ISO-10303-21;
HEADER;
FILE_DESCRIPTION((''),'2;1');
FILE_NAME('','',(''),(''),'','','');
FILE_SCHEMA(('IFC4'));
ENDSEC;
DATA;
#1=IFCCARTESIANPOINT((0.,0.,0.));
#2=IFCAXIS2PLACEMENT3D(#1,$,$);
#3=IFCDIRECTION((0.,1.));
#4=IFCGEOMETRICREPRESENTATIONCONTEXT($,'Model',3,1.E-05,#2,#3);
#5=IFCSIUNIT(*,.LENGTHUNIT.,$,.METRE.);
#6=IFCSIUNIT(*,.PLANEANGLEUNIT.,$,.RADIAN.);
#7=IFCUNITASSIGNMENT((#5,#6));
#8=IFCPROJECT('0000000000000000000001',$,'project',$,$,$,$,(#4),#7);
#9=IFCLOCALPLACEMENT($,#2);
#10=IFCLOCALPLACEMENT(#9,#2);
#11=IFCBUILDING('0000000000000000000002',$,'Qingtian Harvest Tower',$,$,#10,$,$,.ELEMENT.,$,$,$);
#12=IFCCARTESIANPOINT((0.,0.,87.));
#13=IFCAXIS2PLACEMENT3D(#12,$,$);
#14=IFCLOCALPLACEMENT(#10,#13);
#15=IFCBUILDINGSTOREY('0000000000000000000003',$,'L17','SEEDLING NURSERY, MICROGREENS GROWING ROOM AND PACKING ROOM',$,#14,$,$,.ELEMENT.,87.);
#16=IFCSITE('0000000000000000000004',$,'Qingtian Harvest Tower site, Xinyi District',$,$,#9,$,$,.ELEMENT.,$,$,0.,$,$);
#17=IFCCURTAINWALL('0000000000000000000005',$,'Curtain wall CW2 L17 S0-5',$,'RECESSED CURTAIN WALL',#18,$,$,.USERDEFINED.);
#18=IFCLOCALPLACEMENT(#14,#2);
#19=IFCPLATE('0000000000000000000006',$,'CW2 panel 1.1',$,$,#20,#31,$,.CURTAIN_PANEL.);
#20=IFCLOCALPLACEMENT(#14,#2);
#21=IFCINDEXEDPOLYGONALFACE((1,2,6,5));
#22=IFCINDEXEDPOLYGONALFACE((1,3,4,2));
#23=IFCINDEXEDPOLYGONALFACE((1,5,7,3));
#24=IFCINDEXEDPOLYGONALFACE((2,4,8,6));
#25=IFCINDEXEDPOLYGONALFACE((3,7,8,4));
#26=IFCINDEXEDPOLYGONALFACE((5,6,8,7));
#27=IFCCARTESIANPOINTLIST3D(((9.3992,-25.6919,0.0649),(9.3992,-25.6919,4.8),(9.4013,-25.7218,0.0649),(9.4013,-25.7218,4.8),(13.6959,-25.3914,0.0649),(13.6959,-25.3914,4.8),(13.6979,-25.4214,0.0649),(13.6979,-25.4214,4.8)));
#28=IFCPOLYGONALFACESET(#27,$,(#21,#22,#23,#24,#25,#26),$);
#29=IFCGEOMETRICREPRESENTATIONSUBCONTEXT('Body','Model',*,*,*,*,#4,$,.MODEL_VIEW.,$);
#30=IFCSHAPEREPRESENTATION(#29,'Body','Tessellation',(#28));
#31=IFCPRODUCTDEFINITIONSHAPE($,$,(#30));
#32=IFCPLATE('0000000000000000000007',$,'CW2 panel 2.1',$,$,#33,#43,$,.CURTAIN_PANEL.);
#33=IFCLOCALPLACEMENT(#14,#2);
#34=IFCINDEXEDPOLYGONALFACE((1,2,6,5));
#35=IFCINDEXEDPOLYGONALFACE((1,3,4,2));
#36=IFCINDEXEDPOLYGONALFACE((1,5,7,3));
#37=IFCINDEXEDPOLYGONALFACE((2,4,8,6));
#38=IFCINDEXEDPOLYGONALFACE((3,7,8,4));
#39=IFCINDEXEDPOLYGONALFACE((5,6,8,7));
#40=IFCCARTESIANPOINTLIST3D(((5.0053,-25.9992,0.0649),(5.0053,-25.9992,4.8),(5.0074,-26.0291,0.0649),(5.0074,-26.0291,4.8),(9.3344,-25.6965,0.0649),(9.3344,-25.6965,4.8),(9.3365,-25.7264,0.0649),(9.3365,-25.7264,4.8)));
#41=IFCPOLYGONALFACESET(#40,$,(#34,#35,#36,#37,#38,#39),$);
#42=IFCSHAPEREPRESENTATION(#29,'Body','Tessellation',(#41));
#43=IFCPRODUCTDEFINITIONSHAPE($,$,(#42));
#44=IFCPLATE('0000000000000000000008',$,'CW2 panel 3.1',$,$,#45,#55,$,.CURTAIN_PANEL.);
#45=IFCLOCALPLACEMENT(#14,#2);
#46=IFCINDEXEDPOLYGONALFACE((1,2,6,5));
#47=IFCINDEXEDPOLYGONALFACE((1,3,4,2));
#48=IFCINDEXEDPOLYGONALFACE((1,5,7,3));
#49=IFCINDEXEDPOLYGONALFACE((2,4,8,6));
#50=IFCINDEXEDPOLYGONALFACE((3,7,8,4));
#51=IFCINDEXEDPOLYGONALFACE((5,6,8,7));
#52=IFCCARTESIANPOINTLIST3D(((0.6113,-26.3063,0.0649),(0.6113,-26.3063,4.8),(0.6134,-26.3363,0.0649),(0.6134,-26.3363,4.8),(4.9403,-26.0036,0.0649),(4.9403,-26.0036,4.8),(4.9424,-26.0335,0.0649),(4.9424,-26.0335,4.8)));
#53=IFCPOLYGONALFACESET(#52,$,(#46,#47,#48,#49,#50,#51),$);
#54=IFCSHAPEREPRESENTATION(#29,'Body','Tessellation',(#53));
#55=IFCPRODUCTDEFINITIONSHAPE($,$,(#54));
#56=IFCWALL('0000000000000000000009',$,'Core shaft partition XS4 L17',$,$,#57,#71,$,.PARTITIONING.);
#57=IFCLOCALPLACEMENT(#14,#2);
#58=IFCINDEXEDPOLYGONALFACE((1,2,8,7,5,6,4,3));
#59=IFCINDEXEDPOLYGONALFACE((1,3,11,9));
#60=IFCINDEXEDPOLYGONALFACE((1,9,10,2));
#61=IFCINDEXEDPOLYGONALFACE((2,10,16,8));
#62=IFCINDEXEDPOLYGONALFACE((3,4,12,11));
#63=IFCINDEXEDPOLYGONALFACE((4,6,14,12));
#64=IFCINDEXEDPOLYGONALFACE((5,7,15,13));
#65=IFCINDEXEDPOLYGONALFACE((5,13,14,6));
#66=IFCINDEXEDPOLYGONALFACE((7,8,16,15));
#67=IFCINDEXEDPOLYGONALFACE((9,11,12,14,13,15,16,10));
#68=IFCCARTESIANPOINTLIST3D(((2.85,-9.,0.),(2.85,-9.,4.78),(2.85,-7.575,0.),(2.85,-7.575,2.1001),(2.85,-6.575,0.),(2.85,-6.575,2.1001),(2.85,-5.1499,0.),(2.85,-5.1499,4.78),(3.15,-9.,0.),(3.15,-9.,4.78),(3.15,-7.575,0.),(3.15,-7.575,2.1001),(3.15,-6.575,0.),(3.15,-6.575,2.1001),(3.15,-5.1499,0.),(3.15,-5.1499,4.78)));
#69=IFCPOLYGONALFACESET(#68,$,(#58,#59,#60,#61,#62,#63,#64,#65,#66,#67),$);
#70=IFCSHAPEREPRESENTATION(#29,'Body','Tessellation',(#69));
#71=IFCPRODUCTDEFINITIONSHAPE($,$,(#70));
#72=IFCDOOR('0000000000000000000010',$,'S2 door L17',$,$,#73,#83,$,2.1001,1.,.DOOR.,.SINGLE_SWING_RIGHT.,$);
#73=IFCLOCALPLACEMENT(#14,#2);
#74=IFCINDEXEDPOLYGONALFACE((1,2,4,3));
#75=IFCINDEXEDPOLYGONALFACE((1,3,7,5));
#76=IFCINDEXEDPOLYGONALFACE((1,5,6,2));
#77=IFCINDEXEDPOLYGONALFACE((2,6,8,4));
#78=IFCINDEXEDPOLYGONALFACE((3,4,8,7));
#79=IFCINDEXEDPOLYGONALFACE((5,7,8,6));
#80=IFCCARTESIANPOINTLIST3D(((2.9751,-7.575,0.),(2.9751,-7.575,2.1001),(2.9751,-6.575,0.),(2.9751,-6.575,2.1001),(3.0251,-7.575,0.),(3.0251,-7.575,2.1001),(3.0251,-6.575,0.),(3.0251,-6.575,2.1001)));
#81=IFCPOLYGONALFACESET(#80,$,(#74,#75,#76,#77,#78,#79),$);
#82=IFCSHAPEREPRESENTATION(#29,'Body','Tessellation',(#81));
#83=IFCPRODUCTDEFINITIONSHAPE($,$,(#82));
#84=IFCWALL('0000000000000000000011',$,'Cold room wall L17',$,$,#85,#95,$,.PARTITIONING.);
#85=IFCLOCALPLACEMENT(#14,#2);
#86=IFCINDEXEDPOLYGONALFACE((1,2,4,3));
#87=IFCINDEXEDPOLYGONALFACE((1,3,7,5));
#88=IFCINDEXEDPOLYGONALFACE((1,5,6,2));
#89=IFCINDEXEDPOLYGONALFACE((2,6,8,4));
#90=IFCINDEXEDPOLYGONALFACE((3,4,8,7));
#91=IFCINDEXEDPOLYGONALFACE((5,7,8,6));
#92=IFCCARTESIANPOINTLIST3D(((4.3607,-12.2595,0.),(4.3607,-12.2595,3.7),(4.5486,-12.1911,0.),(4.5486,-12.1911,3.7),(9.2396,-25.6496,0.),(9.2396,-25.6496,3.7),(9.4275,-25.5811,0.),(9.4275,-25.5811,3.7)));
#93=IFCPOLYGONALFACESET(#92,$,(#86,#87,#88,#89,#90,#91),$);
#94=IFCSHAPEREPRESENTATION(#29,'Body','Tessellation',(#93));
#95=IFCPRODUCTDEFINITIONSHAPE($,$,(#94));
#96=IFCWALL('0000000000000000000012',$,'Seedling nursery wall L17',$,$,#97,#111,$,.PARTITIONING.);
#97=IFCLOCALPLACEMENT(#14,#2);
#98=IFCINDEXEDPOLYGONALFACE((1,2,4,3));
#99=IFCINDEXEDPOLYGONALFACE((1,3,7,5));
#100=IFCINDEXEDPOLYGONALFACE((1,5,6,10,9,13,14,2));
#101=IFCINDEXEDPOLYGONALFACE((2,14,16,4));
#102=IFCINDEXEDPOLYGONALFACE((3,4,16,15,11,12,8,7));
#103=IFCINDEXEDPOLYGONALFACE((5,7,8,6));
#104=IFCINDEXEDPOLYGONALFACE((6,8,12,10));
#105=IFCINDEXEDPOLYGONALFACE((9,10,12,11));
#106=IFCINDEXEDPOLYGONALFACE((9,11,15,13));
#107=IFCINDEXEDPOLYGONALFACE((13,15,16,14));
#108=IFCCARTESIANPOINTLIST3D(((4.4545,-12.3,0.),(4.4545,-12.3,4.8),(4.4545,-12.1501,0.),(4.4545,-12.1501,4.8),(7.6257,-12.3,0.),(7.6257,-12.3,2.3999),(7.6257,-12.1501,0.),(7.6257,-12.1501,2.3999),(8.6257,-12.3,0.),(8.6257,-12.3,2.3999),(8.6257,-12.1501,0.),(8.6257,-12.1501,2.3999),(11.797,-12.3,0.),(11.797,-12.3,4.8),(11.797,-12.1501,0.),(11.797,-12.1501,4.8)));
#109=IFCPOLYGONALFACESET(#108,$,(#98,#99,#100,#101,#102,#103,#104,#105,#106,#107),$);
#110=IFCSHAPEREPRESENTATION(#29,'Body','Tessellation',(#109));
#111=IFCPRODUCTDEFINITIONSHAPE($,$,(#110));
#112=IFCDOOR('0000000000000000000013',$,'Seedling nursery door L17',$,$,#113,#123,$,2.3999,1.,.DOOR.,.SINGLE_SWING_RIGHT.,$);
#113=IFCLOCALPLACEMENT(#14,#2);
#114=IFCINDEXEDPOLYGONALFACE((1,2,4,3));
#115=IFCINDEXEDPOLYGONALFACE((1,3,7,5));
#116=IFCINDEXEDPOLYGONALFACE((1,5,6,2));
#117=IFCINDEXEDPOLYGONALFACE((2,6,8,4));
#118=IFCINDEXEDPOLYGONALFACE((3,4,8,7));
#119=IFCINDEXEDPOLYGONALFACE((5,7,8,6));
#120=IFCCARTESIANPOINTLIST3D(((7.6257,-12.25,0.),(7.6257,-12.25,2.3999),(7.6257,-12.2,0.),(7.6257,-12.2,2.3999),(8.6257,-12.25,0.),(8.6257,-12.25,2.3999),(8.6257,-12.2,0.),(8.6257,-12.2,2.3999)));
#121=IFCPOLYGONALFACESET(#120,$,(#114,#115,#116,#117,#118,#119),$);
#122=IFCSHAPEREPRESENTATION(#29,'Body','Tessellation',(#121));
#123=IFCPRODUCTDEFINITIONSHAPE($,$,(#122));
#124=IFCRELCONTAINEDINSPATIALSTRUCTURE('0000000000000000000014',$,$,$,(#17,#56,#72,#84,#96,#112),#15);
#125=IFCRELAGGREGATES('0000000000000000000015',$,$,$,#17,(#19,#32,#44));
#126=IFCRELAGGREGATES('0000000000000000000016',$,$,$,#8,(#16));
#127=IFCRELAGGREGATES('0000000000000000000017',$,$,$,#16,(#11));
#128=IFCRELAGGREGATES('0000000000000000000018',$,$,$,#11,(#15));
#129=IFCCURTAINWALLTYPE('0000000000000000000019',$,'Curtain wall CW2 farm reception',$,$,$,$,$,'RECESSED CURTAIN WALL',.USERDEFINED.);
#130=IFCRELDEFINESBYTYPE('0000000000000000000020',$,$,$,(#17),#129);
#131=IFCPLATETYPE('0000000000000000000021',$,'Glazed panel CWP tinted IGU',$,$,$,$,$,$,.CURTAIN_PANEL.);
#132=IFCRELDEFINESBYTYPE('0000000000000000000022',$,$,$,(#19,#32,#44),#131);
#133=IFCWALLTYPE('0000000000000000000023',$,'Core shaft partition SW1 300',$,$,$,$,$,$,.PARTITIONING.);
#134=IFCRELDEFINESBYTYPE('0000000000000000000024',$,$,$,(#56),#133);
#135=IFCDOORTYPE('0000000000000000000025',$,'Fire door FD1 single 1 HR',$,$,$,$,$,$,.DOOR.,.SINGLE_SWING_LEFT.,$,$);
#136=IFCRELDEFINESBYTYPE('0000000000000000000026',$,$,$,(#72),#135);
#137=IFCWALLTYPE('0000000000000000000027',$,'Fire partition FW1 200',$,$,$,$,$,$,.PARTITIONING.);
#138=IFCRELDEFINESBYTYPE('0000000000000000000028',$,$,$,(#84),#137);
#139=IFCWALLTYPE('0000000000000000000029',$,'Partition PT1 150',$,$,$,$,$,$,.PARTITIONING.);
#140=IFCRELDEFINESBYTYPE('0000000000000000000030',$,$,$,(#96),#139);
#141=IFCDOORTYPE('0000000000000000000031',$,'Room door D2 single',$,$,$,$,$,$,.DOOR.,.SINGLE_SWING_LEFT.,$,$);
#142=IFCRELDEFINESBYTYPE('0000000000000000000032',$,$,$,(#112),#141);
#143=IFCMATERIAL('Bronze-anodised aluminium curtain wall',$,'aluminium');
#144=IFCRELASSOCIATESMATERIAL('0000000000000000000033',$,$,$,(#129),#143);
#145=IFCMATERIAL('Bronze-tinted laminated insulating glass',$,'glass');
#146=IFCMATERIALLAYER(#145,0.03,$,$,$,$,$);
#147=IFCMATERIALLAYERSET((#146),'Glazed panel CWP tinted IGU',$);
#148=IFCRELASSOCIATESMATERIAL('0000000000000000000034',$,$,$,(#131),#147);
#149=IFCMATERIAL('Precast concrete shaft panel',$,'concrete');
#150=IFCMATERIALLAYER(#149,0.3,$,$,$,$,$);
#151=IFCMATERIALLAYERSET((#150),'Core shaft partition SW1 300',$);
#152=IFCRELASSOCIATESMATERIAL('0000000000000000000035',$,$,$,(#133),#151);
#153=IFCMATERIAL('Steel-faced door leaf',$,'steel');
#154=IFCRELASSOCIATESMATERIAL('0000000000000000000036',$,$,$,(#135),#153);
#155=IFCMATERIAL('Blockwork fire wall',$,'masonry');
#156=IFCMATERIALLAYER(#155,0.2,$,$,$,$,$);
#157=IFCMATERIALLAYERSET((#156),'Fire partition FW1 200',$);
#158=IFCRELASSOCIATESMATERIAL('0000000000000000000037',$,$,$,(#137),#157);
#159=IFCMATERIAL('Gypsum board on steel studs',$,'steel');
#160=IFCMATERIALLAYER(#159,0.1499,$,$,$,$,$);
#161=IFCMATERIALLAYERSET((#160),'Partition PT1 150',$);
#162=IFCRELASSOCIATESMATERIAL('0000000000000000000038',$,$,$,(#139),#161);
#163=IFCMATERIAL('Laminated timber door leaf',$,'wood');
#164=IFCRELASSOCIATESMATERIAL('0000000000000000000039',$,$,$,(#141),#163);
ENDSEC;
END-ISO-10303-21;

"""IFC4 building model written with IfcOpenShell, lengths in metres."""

from ifc_helpers import new_model, si_unit, direction, frame, frame_2d, origin, origin_2d, place, context, subcontext, project, spatial, rectangle, extrude, material, layer, layer_set, type_object, element, fill, aggregate, save


model = new_model("IFC4")

# Units and contexts
model_context = context("Model", 3, precision=1e-05, world=origin(), true_north=direction((0.0, 1.0)))
body_context = subcontext(model_context, "Body", "Model", "MODEL_VIEW")
ifc_project = project(units=[si_unit("LENGTHUNIT", "METRE"), si_unit("PLANEANGLEUNIT", "RADIAN")], contexts=[model_context])

# Site, building, storey
site_placement = place(None, origin())
site = spatial("IfcSite", under=ifc_project, at=site_placement, Name="Qingtian Harvest Tower site, Xinyi District", CompositionType="ELEMENT", RefElevation=0.0)
building_placement = place(site_placement, origin())
building = spatial("IfcBuilding", under=site, at=building_placement, Name="Qingtian Harvest Tower", CompositionType="ELEMENT")
storey_placement = place(building_placement, frame((0.0, 0.0, 87.0)))
storey = spatial("IfcBuildingStorey", under=building, at=storey_placement, Name="L17", Description="SEEDLING NURSERY, MICROGREENS GROWING ROOM AND PACKING ROOM", CompositionType="ELEMENT", Elevation=87.0)

# Shared definitions
ifc_material_1 = material(Name="Bronze-anodised aluminium curtain wall", Category="aluminium")
curtain_wall_type = type_object("IfcCurtainWallType", Name="Curtain wall CW2 farm reception", ElementType="RECESSED CURTAIN WALL", PredefinedType="USERDEFINED", material=ifc_material_1)

# Curtain wall
curtain_wall_1_placement = place(storey_placement, origin())
curtain_wall_1 = element("IfcCurtainWall", 1, at=curtain_wall_1_placement, inside=storey, type_object=curtain_wall_type, Name="Curtain wall CW2 L17 S0-5", ObjectType="RECESSED CURTAIN WALL", PredefinedType="USERDEFINED")

# Plates
ifc_material_2 = material(Name="Bronze-tinted laminated insulating glass", Category="glass")
ifc_layer_1 = layer(ifc_material_2, 0.03)
ifc_layer_set_1 = layer_set([ifc_layer_1], Name="Glazed panel CWP tinted IGU")
plate_type = type_object("IfcPlateType", Name="Glazed panel CWP tinted IGU", PredefinedType="CURTAIN_PANEL", material=ifc_layer_set_1)
plate_1_placement = place(storey_placement, frame((11.5486, -25.5566, 0.0649), z_axis=(0.0, 0.0, 1.0), x_axis=(-0.997564, -0.069756, 0.0)))
plate_1 = element("IfcPlate", 2, at=plate_1_placement, type_object=plate_type, Name="CW2 panel 1.1", PredefinedType="CURTAIN_PANEL", context=body_context, shape_type="SweptSolid", body=[
    extrude(rectangle(XDim=4.3071, YDim=0.03, at=origin_2d()), origin(), (0.0, 0.0, 1.0), 4.7351),
])
plate_2_placement = place(storey_placement, frame((7.1709, -25.8628, 0.0649), z_axis=(0.0, 0.0, 1.0), x_axis=(-0.997564, -0.069756, 0.0)))
plate_2 = element("IfcPlate", 3, at=plate_2_placement, type_object=plate_type, Name="CW2 panel 2.1", PredefinedType="CURTAIN_PANEL", context=body_context, shape_type="SweptSolid", body=[
    extrude(rectangle(XDim=4.3396, YDim=0.03, at=origin_2d()), origin(), (0.0, 0.0, 1.0), 4.7351),
])
plate_3_placement = place(storey_placement, frame((2.7769, -26.1699, 0.0649), z_axis=(0.0, 0.0, 1.0), x_axis=(-0.997564, -0.069756, 0.0)))
plate_3 = element("IfcPlate", 4, at=plate_3_placement, type_object=plate_type, Name="CW2 panel 3.1", PredefinedType="CURTAIN_PANEL", context=body_context, shape_type="SweptSolid", body=[
    extrude(rectangle(XDim=4.3396, YDim=0.03, at=origin_2d()), origin(), (0.0, 0.0, 1.0), 4.7351),
])
aggregate(curtain_wall_1, [plate_1, plate_2, plate_3])

# Wall, opening, door
ifc_material_3 = material(Name="Precast concrete shaft panel", Category="concrete")
ifc_layer_2 = layer(ifc_material_3, 0.3)
ifc_layer_set_2 = layer_set([ifc_layer_2], Name="Core shaft partition SW1 300")
wall_type_1 = type_object("IfcWallType", Name="Core shaft partition SW1 300", PredefinedType="PARTITIONING", material=ifc_layer_set_2)
wall_1_placement = place(storey_placement, frame((3.0, -9.0, 0.0), z_axis=(0.0, 0.0, 1.0), x_axis=(0.0, 1.0, 0.0)))
wall_1 = element("IfcWall", 5, at=wall_1_placement, inside=storey, type_object=wall_type_1, Name="Core shaft partition XS4 L17", PredefinedType="PARTITIONING", context=body_context, shape_type="SweptSolid", body=[
    extrude(rectangle(XDim=3.8501, YDim=0.3, at=frame_2d((1.925, 0.0))), origin(), (0.0, 0.0, 1.0), 4.78),
])
opening_1_placement = place(wall_1_placement, frame((1.425, 0.0, 0.0)))
opening_1 = element("IfcOpeningElement", 6, at=opening_1_placement, cuts=wall_1, PredefinedType="OPENING", context=body_context, shape_type="SweptSolid", body=[
    extrude(rectangle(XDim=1.0, YDim=2.1001, at=frame_2d((0.5, 1.05))), frame((0.0, 0.1599, 0.0), z_axis=(0.0, -1.0, 0.0), x_axis=(1.0, 0.0, 0.0)), (0.0, 0.0, 1.0), 0.3201),
])
ifc_material_4 = material(Name="Steel-faced door leaf", Category="steel")
door_type_1 = type_object("IfcDoorType", Name="Fire door FD1 single 1 HR", OperationType="SINGLE_SWING_LEFT", PredefinedType="DOOR", material=ifc_material_4)
door_1_placement = place(opening_1_placement, origin())
door_1 = element("IfcDoor", 7, at=door_1_placement, inside=storey, type_object=door_type_1, Name="S2 door L17", OperationType="SINGLE_SWING_RIGHT", OverallHeight=2.1001, OverallWidth=1.0, PredefinedType="DOOR", context=body_context, shape_type="SweptSolid", body=[
    extrude(rectangle(XDim=1.0, YDim=2.1001, at=frame_2d((0.5, 1.05))), frame((0.0, 0.0249, 0.0), z_axis=(0.0, -1.0, 0.0), x_axis=(1.0, 0.0, 0.0)), (0.0, 0.0, 1.0), 0.05),
])
fill(opening_1, door_1)

# Wall
ifc_material_5 = material(Name="Blockwork fire wall", Category="masonry")
ifc_layer_3 = layer(ifc_material_5, 0.2)
ifc_layer_set_3 = layer_set([ifc_layer_3], Name="Fire partition FW1 200")
wall_type_2 = type_object("IfcWallType", Name="Fire partition FW1 200", PredefinedType="PARTITIONING", material=ifc_layer_set_3)
wall_2_placement = place(storey_placement, frame((9.3335, -25.6152, 0.0), z_axis=(0.0, 0.0, 1.0), x_axis=(-0.342348, 0.939573, 0.0)))
element("IfcWall", 8, at=wall_2_placement, inside=storey, type_object=wall_type_2, Name="Cold room wall L17", PredefinedType="PARTITIONING", context=body_context, shape_type="SweptSolid", body=[
    extrude(rectangle(XDim=14.2512, YDim=0.2, at=frame_2d((7.1255, 0.0))), origin(), (0.0, 0.0, 1.0), 3.7),
])

# Wall, opening, door
ifc_material_6 = material(Name="Gypsum board on steel studs", Category="steel")
ifc_layer_4 = layer(ifc_material_6, 0.1499)
ifc_layer_set_4 = layer_set([ifc_layer_4], Name="Partition PT1 150")
wall_type_3 = type_object("IfcWallType", Name="Partition PT1 150", PredefinedType="PARTITIONING", material=ifc_layer_set_4)
wall_3_placement = place(storey_placement, frame((11.7971, -12.2251, 0.0), z_axis=(0.0, 0.0, 1.0), x_axis=(-1.0, 0.0, 0.0)))
wall_3 = element("IfcWall", 9, at=wall_3_placement, inside=storey, type_object=wall_type_3, Name="Seedling nursery wall L17", PredefinedType="PARTITIONING", context=body_context, shape_type="SweptSolid", body=[
    extrude(rectangle(XDim=7.3425, YDim=0.1499, at=frame_2d((3.6714, 0.0))), origin(), (0.0, 0.0, 1.0), 4.8),
])
opening_2_placement = place(wall_3_placement, frame((3.1714, 0.0, 0.0)))
opening_2 = element("IfcOpeningElement", 10, at=opening_2_placement, cuts=wall_3, PredefinedType="OPENING", context=body_context, shape_type="SweptSolid", body=[
    extrude(rectangle(XDim=1.0, YDim=2.3999, at=frame_2d((0.5, 1.2))), frame((0.0, 0.085, 0.0), z_axis=(0.0, -1.0, 0.0), x_axis=(1.0, 0.0, 0.0)), (0.0, 0.0, 1.0), 0.1699),
])
ifc_material_7 = material(Name="Laminated timber door leaf", Category="wood")
door_type_2 = type_object("IfcDoorType", Name="Room door D2 single", OperationType="SINGLE_SWING_LEFT", PredefinedType="DOOR", material=ifc_material_7)
door_2_placement = place(opening_2_placement, origin())
door_2 = element("IfcDoor", 11, at=door_2_placement, inside=storey, type_object=door_type_2, Name="Seedling nursery door L17", OperationType="SINGLE_SWING_RIGHT", OverallHeight=2.3999, OverallWidth=1.0, PredefinedType="DOOR", context=body_context, shape_type="SweptSolid", body=[
    extrude(rectangle(XDim=1.0, YDim=2.3999, at=frame_2d((0.5, 1.2))), frame((0.0, 0.0249, 0.0), z_axis=(0.0, -1.0, 0.0), x_axis=(1.0, 0.0, 0.0)), (0.0, 0.0, 1.0), 0.05),
])
fill(opening_2, door_2)

save(model, "model.ifc")
